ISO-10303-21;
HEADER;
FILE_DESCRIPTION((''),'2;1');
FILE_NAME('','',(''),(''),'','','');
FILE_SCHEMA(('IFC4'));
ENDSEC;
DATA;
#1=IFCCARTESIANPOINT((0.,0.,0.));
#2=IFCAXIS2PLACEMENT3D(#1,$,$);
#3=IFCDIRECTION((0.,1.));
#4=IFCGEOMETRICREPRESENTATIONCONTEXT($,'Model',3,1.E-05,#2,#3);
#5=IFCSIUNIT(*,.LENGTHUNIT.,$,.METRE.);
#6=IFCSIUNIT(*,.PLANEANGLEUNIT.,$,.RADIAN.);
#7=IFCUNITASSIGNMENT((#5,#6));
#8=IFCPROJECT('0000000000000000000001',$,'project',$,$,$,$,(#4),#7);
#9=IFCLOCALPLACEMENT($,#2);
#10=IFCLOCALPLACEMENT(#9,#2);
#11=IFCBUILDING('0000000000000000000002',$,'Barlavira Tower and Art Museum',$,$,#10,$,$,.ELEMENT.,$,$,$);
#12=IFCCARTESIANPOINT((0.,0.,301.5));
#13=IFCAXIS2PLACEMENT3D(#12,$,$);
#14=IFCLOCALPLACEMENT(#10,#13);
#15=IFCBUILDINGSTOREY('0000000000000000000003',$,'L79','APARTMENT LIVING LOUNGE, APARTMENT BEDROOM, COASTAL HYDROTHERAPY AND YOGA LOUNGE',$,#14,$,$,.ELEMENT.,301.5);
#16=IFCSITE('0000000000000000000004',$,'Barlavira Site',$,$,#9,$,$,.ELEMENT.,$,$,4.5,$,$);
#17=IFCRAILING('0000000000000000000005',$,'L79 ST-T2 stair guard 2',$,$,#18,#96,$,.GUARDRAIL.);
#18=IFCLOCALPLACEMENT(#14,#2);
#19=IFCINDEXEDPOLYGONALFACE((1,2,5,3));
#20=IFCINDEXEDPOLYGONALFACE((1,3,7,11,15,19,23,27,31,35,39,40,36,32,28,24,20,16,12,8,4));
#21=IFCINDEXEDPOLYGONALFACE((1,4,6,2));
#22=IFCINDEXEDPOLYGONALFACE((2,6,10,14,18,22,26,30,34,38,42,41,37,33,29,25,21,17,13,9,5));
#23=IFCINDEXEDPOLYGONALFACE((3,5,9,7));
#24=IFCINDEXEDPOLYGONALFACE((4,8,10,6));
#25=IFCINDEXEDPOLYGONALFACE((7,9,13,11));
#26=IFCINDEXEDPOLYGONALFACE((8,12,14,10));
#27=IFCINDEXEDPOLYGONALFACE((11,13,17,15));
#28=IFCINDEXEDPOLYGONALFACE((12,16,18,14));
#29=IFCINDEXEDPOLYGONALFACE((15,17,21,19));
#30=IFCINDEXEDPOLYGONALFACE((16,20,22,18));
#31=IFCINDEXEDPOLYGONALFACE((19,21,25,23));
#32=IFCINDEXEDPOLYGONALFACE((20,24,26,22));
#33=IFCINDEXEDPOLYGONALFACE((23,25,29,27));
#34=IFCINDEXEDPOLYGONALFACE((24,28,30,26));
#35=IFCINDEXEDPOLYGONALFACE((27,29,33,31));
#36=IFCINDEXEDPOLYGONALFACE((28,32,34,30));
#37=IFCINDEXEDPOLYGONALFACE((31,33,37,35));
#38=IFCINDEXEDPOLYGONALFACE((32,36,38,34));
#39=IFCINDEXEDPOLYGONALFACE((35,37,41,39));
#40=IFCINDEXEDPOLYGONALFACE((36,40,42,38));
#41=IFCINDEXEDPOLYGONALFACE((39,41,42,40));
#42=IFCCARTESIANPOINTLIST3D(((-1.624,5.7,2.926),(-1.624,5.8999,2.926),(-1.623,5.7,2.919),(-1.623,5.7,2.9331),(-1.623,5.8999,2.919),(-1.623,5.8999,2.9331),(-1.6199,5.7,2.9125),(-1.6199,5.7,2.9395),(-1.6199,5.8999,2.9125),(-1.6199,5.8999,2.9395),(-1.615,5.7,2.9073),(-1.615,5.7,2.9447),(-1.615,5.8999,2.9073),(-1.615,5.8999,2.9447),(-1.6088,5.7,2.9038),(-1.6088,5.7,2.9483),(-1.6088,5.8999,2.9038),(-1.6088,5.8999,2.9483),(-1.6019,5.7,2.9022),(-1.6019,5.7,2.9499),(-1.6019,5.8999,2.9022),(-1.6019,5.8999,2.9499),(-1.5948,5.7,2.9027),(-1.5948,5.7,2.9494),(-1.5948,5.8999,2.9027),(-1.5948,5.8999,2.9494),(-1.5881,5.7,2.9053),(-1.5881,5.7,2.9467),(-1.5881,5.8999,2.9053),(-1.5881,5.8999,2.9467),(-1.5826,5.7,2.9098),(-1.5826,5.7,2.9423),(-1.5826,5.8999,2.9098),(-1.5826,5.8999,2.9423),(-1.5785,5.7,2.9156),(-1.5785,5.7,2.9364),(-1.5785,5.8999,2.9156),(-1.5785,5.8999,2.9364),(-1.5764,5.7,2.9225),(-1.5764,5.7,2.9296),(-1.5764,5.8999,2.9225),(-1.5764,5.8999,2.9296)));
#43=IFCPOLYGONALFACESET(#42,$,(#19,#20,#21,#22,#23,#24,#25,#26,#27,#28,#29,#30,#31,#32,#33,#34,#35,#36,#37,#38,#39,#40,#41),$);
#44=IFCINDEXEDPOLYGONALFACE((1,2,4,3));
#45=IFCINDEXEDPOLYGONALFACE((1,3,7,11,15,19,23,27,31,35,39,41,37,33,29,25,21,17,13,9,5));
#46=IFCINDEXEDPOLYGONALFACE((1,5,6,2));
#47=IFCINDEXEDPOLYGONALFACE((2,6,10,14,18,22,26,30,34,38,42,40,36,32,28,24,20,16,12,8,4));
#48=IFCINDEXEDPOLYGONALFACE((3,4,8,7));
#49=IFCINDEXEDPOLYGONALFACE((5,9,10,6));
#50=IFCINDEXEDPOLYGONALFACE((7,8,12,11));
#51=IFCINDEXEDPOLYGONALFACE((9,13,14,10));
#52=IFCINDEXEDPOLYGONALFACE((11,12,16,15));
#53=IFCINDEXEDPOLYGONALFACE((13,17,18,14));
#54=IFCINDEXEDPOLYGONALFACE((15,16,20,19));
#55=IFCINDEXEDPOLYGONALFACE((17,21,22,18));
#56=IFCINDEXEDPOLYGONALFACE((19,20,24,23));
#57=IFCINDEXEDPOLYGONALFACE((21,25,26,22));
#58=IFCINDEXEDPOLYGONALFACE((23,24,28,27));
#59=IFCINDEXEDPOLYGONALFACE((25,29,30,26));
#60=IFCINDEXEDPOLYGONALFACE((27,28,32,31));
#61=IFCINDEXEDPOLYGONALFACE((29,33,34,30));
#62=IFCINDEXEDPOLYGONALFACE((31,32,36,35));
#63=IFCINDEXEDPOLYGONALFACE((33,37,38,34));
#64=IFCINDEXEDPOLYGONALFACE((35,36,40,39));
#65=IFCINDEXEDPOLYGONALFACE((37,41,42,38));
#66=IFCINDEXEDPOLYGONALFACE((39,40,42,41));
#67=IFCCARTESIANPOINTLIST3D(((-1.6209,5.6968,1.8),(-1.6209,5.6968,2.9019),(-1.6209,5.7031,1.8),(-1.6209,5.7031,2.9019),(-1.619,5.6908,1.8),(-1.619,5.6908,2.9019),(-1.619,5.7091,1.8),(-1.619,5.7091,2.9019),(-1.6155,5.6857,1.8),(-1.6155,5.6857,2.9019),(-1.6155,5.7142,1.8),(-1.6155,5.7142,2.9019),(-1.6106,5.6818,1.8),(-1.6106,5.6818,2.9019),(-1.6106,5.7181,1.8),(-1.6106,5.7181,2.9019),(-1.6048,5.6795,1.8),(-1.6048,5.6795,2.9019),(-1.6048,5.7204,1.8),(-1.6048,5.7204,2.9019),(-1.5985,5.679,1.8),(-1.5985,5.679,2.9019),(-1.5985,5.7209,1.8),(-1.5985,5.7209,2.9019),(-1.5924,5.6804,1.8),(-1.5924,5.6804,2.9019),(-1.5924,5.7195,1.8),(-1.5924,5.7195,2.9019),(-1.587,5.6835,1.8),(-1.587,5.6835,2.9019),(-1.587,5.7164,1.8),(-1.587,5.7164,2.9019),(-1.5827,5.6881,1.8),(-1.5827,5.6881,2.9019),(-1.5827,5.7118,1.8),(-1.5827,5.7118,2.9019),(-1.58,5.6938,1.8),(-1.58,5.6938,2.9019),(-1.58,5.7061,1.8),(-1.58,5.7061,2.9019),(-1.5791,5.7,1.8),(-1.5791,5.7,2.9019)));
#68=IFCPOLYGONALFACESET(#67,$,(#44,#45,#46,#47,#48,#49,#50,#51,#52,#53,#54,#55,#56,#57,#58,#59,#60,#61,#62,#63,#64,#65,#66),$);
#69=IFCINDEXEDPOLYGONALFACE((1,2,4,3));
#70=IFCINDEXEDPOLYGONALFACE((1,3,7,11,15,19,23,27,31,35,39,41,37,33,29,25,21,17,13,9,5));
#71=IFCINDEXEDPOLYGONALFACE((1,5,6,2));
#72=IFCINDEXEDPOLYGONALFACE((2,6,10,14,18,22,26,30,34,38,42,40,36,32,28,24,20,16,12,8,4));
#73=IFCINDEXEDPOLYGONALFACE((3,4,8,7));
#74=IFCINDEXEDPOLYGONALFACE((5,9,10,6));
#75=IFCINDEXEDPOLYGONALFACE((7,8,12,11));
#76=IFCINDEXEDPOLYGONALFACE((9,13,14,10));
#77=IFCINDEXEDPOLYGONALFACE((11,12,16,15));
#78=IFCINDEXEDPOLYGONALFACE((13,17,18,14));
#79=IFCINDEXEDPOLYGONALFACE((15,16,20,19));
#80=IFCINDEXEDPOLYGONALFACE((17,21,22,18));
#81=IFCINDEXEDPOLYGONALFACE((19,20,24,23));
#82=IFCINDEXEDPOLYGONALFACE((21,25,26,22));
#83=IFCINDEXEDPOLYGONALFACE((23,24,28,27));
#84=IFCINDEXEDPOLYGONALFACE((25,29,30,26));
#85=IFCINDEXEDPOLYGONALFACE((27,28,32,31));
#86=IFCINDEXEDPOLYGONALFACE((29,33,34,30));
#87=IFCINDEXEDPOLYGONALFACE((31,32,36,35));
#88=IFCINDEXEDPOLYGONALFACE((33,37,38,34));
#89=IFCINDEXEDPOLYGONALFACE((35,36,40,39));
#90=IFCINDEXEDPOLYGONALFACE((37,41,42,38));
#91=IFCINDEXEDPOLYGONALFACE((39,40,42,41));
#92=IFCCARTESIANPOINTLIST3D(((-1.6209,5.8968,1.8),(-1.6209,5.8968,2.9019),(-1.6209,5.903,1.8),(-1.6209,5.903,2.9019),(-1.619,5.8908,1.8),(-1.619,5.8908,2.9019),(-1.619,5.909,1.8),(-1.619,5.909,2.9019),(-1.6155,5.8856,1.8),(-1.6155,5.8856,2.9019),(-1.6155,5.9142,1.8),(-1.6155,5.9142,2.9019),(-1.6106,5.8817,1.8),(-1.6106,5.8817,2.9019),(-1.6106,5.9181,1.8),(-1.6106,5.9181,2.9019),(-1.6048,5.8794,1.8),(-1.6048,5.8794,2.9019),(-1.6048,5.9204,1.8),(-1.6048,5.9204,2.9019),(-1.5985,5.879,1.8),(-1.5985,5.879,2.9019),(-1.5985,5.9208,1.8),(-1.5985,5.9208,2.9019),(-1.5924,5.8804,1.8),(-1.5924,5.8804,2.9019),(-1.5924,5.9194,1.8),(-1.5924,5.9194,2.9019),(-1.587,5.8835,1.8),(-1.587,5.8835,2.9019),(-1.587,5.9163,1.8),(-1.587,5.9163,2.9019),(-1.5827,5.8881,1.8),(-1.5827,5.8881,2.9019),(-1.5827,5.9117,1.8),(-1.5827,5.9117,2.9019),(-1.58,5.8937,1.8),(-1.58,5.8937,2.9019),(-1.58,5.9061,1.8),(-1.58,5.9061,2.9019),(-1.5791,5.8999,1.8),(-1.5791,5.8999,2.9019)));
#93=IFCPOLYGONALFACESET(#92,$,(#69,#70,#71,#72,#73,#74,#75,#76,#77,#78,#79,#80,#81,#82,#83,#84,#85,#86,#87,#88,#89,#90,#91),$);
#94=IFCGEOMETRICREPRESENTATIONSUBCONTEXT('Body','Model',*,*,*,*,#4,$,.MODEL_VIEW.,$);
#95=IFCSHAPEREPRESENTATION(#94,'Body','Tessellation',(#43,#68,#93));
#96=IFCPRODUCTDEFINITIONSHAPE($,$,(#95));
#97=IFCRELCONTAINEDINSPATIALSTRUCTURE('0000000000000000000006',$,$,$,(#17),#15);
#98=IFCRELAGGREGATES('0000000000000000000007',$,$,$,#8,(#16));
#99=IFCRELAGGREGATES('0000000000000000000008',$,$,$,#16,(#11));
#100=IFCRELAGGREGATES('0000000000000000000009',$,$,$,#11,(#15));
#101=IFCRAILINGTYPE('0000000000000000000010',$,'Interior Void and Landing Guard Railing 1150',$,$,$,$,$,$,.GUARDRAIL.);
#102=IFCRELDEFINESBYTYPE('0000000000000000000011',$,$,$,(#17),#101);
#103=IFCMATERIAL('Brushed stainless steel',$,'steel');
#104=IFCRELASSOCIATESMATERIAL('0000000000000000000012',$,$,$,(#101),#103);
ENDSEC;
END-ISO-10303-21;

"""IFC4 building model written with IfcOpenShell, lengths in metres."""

from ifc_helpers import new_model, si_unit, direction, frame, origin, origin_2d, place, context, subcontext, project, spatial, circle, extrude, material, type_object, element, save


model = new_model("IFC4")

# Units and contexts
model_context = context("Model", 3, precision=1e-05, world=origin(), true_north=direction((0.0, 1.0)))
body_context = subcontext(model_context, "Body", "Model", "MODEL_VIEW")
ifc_project = project(units=[si_unit("LENGTHUNIT", "METRE"), si_unit("PLANEANGLEUNIT", "RADIAN")], contexts=[model_context])

# Site, building, storey
site_placement = place(None, origin())
site = spatial("IfcSite", under=ifc_project, at=site_placement, Name="Barlavira Site", CompositionType="ELEMENT", RefElevation=4.5)
building_placement = place(site_placement, origin())
building = spatial("IfcBuilding", under=site, at=building_placement, Name="Barlavira Tower and Art Museum", CompositionType="ELEMENT")
storey_placement = place(building_placement, frame((0.0, 0.0, 301.5)))
storey = spatial("IfcBuildingStorey", under=building, at=storey_placement, Name="L79", Description="APARTMENT LIVING LOUNGE, APARTMENT BEDROOM, COASTAL HYDROTHERAPY AND YOGA LOUNGE", CompositionType="ELEMENT", Elevation=301.5)

# Shared definitions
ifc_material_1 = material(Name="Brushed stainless steel", Category="steel")

# Railing
railing_type_1 = type_object("IfcRailingType", Name="Interior Void and Landing Guard Railing 1150", PredefinedType="GUARDRAIL", material=ifc_material_1)
railing_1_placement = place(storey_placement, frame((-1.6001, 5.7, 1.8)))
element("IfcRailing", 1, at=railing_1_placement, inside=storey, type_object=railing_type_1, Name="L79 ST-T2 stair guard 2", PredefinedType="GUARDRAIL", context=body_context, shape_type="SweptSolid", body=[
    extrude(circle(Radius=0.0239, at=origin_2d()), frame((0.0, 0.0, 1.126), z_axis=(0.0, 1.0, 0.0), x_axis=(-1.0, 0.0, 0.0)), (0.0, 0.0, 1.0), 0.2),
    extrude(circle(Radius=0.021, at=origin_2d()), origin(), (0.0, 0.0, 1.0), 1.1018),
    extrude(circle(Radius=0.021, at=origin_2d()), frame((0.0, 0.2, 0.0)), (0.0, 0.0, 1.0), 1.1018),
])

save(model, "model.ifc")
